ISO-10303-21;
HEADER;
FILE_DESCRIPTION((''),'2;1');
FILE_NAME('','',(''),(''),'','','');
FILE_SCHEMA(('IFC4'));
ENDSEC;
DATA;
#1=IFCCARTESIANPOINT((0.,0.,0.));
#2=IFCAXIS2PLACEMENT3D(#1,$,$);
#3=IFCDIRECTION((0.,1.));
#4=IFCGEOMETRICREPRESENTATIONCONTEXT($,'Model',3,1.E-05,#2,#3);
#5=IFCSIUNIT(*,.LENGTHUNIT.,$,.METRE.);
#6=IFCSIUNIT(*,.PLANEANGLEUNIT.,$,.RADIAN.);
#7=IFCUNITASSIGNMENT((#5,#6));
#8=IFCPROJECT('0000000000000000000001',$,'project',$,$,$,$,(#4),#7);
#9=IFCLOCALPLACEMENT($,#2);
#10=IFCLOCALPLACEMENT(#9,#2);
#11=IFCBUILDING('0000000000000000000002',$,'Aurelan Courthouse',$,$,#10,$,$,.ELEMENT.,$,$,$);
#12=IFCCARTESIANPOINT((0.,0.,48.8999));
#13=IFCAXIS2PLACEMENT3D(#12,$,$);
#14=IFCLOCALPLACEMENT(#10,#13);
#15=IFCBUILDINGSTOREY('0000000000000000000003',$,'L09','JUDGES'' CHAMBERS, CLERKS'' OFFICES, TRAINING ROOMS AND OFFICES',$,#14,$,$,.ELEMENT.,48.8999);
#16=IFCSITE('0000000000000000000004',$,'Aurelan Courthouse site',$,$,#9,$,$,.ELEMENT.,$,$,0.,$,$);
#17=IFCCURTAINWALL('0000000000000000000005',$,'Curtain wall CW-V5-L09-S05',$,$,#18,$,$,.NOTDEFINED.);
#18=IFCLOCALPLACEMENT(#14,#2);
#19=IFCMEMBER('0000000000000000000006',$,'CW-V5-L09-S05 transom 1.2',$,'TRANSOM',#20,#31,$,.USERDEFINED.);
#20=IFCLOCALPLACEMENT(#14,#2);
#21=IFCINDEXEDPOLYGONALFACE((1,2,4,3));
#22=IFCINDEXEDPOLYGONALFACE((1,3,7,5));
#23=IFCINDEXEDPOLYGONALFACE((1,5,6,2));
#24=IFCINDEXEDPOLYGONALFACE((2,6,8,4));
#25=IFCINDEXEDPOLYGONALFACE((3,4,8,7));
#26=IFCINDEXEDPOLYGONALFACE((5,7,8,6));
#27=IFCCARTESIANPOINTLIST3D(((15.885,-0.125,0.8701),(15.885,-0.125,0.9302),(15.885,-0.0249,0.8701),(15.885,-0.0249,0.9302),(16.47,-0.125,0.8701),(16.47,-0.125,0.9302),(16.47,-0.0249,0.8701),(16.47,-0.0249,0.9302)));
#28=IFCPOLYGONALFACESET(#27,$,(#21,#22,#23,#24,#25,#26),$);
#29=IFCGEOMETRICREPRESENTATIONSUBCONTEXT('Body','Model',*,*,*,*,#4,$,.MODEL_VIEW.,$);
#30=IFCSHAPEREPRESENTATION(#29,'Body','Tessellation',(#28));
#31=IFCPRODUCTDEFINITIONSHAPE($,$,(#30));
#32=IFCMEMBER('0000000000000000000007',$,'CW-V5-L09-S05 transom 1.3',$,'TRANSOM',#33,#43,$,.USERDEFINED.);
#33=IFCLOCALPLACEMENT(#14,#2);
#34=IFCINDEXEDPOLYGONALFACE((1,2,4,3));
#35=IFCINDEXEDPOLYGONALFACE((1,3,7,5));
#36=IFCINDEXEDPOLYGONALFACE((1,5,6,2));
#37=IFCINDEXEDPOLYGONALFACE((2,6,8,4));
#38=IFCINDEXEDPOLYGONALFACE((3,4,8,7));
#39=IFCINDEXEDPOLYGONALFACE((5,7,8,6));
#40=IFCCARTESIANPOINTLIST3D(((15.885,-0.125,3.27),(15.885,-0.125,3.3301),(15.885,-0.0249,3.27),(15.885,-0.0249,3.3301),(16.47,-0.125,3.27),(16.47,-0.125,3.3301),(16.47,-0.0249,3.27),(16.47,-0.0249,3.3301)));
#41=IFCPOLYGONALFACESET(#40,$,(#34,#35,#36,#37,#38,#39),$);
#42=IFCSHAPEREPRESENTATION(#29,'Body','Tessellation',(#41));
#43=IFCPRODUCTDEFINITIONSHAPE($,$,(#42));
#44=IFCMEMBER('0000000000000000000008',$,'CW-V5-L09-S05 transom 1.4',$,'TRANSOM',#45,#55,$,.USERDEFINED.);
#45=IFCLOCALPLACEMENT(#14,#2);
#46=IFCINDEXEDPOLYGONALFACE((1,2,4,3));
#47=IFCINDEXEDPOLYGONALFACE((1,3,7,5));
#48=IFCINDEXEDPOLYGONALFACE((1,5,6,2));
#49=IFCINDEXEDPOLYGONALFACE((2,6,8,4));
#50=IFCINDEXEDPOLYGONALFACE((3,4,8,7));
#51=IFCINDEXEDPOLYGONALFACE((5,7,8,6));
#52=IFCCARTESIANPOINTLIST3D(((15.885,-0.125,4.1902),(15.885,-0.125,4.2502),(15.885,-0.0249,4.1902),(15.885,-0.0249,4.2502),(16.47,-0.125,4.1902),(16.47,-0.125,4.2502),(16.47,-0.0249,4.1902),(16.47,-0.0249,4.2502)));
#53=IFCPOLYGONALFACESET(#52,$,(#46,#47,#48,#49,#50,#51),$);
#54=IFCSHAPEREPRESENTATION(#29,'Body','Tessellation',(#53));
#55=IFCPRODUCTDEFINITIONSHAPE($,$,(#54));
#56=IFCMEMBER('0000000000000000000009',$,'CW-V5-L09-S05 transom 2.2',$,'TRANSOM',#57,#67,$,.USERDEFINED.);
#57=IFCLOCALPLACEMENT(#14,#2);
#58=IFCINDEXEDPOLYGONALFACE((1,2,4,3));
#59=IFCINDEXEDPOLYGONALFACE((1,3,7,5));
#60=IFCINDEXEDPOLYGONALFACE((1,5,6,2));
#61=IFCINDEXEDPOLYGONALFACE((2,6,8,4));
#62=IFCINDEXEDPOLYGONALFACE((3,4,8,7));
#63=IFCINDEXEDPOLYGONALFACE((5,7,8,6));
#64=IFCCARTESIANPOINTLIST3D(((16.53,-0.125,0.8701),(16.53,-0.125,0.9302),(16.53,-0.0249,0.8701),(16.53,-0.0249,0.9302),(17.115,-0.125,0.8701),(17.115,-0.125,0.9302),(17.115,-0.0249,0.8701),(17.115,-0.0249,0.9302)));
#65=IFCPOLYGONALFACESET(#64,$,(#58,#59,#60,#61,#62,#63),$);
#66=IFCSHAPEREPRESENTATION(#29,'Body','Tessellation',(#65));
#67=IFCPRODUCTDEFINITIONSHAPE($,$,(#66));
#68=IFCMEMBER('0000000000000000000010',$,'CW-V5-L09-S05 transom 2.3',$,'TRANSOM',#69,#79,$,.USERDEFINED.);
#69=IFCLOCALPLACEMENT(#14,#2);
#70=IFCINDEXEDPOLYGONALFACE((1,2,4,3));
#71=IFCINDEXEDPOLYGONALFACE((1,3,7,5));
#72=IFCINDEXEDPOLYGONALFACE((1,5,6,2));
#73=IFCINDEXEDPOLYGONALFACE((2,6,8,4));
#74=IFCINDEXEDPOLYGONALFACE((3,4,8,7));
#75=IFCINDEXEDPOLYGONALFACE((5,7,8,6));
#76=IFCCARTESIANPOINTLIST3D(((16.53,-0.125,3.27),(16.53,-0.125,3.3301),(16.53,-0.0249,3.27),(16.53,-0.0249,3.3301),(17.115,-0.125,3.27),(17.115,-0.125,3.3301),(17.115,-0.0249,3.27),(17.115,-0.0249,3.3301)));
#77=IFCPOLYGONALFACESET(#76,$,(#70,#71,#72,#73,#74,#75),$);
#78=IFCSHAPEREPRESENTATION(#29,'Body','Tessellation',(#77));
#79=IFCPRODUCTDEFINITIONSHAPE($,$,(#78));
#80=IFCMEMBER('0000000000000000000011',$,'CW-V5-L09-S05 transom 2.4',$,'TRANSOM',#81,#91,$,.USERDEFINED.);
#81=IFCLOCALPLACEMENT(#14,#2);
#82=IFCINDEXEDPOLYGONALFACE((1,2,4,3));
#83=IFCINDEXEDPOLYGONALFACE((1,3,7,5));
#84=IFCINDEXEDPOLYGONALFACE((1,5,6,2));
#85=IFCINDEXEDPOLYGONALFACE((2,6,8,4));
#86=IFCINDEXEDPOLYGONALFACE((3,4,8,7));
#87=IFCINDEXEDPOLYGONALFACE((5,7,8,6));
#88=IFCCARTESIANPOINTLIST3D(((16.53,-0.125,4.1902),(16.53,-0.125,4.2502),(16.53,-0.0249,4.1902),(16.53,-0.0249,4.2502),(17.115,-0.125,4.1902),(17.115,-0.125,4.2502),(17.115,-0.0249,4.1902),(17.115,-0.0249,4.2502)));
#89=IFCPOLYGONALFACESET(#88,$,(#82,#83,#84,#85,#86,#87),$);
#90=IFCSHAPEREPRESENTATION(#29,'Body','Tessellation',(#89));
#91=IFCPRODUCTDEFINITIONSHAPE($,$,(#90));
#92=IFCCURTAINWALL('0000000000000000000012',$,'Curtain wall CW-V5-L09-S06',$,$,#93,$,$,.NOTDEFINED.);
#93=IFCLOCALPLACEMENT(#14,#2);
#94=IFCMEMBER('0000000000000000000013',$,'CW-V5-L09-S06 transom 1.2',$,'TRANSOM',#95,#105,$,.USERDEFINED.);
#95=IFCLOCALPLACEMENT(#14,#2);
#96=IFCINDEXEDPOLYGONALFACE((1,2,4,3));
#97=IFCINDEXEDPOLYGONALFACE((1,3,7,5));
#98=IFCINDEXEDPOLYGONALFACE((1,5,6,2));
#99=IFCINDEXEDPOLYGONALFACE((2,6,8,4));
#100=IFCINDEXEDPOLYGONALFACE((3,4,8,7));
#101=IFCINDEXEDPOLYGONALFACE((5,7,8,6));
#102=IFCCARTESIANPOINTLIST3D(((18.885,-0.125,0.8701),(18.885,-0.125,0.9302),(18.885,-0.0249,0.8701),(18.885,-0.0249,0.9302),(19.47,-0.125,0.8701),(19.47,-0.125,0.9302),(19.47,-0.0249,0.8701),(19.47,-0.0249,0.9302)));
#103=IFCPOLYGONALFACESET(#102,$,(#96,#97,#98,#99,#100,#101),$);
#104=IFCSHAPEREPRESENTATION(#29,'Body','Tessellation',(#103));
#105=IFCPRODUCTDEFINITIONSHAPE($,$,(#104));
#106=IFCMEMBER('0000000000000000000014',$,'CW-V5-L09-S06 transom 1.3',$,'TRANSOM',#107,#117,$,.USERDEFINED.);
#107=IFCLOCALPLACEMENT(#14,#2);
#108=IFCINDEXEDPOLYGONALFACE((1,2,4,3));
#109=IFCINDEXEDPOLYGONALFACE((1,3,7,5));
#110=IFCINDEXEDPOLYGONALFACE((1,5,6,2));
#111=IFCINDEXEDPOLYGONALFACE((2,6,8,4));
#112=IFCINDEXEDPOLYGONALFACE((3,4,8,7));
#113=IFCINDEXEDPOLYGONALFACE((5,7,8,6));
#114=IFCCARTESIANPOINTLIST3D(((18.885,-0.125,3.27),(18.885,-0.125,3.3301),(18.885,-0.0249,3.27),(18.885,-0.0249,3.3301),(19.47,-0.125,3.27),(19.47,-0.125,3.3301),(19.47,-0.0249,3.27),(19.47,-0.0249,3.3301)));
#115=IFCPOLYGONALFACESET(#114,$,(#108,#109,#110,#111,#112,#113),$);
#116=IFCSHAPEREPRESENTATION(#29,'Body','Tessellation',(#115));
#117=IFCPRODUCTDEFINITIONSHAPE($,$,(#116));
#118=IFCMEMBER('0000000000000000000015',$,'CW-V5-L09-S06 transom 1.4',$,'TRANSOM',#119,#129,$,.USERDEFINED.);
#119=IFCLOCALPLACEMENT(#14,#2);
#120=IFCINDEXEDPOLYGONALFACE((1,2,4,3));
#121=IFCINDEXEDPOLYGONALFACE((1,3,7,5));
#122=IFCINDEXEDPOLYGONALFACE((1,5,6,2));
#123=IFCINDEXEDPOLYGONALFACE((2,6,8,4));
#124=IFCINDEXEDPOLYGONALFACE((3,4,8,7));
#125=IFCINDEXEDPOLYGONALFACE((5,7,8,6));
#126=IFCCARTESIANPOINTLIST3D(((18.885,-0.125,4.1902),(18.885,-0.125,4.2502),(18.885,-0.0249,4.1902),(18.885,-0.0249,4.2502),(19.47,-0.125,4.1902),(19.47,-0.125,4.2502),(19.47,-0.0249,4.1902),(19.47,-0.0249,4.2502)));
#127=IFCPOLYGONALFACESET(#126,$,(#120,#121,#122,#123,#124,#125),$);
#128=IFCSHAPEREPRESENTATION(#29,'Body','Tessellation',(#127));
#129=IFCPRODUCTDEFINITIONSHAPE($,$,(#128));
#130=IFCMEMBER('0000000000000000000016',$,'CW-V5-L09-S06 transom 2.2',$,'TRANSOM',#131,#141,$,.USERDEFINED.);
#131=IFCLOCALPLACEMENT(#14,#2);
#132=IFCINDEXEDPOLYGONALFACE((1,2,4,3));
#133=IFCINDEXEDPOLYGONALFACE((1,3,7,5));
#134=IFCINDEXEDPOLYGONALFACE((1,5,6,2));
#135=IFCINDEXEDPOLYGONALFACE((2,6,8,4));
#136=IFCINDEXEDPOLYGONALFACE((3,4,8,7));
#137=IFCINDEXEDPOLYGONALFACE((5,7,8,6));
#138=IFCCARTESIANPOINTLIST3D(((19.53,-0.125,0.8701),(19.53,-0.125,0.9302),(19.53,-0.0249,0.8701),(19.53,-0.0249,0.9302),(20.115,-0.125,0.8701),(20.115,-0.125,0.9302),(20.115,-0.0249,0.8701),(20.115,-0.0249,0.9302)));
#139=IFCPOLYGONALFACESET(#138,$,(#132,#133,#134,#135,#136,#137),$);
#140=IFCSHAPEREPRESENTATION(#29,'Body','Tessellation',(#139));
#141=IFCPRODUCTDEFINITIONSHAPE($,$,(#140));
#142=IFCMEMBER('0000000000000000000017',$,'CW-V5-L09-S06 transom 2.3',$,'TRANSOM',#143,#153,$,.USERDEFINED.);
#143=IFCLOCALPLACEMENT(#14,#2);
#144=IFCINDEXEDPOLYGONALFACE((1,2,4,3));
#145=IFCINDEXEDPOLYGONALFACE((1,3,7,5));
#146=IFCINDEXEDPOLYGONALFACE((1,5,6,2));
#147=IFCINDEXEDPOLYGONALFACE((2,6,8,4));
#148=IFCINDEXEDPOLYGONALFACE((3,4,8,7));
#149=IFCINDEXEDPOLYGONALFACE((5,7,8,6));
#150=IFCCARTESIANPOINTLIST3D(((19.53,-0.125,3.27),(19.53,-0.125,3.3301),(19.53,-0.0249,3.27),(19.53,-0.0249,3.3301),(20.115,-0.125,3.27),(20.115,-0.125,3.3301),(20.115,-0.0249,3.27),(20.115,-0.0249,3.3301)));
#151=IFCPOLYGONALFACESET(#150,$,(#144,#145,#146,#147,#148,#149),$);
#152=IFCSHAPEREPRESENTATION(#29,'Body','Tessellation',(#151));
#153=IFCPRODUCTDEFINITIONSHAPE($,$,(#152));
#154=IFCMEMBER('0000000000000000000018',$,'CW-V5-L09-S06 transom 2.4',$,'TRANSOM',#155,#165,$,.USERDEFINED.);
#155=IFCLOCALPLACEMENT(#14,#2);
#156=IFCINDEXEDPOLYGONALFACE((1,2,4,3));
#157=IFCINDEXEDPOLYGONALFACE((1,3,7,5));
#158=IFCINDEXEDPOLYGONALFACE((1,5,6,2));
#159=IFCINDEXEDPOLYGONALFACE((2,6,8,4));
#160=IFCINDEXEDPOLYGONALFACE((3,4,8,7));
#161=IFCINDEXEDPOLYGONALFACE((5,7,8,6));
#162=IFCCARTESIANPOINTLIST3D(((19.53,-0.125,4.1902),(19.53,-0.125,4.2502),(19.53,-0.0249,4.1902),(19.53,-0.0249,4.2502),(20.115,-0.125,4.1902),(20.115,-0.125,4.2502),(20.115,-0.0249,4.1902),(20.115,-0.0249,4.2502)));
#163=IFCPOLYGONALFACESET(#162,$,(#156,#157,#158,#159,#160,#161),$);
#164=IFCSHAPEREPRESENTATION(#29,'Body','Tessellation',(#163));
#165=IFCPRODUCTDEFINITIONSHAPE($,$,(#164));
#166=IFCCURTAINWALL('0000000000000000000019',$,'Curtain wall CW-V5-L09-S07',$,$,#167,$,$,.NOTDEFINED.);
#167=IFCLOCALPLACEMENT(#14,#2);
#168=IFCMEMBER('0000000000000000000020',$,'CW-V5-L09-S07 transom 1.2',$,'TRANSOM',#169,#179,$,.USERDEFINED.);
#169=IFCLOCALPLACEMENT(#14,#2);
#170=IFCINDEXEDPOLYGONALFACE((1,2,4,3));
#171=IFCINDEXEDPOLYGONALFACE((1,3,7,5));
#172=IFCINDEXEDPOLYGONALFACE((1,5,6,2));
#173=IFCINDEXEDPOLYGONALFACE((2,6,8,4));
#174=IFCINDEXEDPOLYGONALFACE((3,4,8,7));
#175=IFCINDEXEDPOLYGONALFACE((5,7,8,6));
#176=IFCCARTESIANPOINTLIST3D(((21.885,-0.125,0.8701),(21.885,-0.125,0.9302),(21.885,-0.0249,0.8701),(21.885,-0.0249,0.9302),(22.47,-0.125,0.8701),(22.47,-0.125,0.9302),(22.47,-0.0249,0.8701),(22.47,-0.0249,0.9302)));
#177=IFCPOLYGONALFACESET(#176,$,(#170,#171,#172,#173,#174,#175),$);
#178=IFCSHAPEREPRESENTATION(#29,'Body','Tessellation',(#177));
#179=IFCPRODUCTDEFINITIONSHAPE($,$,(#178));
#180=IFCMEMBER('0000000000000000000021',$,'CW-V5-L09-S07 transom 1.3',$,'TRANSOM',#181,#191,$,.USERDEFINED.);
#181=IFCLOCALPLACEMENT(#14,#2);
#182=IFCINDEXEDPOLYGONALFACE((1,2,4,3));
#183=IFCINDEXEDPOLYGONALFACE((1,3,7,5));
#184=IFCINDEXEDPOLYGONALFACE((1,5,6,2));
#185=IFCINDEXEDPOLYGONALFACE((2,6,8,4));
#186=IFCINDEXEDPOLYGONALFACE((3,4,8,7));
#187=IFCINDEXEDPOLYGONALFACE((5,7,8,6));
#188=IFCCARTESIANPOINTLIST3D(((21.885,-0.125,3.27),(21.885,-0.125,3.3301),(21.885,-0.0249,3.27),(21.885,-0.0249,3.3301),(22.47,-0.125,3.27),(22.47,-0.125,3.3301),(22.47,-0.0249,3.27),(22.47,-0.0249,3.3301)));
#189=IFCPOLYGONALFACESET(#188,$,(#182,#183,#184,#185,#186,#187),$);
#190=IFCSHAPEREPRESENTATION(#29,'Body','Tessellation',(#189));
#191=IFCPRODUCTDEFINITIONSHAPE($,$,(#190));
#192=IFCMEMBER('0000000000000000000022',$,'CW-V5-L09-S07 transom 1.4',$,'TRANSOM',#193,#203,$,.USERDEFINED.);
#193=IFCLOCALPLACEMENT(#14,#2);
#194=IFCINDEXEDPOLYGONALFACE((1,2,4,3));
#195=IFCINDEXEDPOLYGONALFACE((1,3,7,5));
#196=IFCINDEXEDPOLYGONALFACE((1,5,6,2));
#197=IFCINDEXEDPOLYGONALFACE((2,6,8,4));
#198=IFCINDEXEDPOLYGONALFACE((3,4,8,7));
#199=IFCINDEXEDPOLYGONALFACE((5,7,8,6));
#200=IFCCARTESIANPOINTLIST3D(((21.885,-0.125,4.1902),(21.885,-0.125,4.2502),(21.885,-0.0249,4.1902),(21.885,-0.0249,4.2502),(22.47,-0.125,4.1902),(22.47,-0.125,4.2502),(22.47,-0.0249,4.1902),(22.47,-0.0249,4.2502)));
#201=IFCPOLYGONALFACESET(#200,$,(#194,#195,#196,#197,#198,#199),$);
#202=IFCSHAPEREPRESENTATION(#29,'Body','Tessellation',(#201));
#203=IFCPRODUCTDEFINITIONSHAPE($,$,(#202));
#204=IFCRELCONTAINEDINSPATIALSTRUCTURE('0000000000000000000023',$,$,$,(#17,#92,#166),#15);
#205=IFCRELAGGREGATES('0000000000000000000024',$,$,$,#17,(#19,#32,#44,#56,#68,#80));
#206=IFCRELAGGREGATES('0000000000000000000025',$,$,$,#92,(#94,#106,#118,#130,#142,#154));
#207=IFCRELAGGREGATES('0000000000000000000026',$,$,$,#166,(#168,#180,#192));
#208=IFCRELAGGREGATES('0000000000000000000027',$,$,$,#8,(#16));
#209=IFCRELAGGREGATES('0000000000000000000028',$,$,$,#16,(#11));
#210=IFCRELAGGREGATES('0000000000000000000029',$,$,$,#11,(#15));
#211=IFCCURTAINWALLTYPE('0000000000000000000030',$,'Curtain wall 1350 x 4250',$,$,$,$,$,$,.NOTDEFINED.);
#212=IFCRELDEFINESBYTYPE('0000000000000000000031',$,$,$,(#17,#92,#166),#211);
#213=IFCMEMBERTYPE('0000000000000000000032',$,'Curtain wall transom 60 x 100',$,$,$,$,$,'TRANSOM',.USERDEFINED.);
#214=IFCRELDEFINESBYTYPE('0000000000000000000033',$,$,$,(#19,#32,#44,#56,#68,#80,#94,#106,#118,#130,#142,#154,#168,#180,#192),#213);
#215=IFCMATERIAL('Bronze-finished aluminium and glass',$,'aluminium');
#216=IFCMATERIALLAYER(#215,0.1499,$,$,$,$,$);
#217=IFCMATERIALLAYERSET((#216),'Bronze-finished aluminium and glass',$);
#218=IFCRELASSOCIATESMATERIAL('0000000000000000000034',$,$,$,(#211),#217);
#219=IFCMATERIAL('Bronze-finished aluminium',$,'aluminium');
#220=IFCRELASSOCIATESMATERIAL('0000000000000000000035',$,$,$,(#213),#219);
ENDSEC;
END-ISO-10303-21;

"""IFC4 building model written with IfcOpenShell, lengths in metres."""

from ifc_helpers import new_model, si_unit, direction, frame, origin, origin_2d, place, context, subcontext, project, spatial, rectangle, extrude, material, layer, layer_set, material_profile, profile_set, type_object, element, aggregate, save


model = new_model("IFC4")

# Units and contexts
model_context = context("Model", 3, precision=1e-05, world=origin(), true_north=direction((0.0, 1.0)))
body_context = subcontext(model_context, "Body", "Model", "MODEL_VIEW")
ifc_project = project(units=[si_unit("LENGTHUNIT", "METRE"), si_unit("PLANEANGLEUNIT", "RADIAN")], contexts=[model_context])

# Site, building, storey
site_placement = place(None, origin())
site = spatial("IfcSite", under=ifc_project, at=site_placement, Name="Aurelan Courthouse site", CompositionType="ELEMENT", RefElevation=0.0)
building_placement = place(site_placement, origin())
building = spatial("IfcBuilding", under=site, at=building_placement, Name="Aurelan Courthouse", CompositionType="ELEMENT")
storey_placement = place(building_placement, frame((0.0, 0.0, 48.8999)))
storey = spatial("IfcBuildingStorey", under=building, at=storey_placement, Name="L09", Description="JUDGES' CHAMBERS, CLERKS' OFFICES, TRAINING ROOMS AND OFFICES", CompositionType="ELEMENT", Elevation=48.8999)

# Curtain walls, members
ifc_material_1 = material(Name="Bronze-finished aluminium and glass", Category="aluminium")
ifc_layer_1 = layer(ifc_material_1, 0.1499)
ifc_layer_set_1 = layer_set([ifc_layer_1], Name="Bronze-finished aluminium and glass")
curtain_wall_type = type_object("IfcCurtainWallType", Name="Curtain wall 1350 x 4250", PredefinedType="NOTDEFINED", material=ifc_layer_set_1)
curtain_wall_1_placement = place(storey_placement, origin())
curtain_wall_1 = element("IfcCurtainWall", 1, at=curtain_wall_1_placement, inside=storey, type_object=curtain_wall_type, Name="Curtain wall CW-V5-L09-S05", PredefinedType="NOTDEFINED")
ifc_material_2 = material(Name="Bronze-finished aluminium", Category="aluminium")
ifc_material_profile = material_profile(ifc_material_2, rectangle(XDim=0.1001, YDim=0.0601, at=origin_2d()), Name="Bronze transom 60 x 100")
ifc_profile_set = profile_set([ifc_material_profile], Name="Bronze-finished aluminium")
member_type = type_object("IfcMemberType", Name="Curtain wall transom 60 x 100", ElementType="TRANSOM", PredefinedType="USERDEFINED", material=ifc_profile_set)
member_1_placement = place(storey_placement, frame((15.885, -0.075, 0.9001), z_axis=(1.0, 0.0, 0.0), x_axis=(0.0, 1.0, 0.0)))
member_1 = element("IfcMember", 2, at=member_1_placement, type_object=member_type, Name="CW-V5-L09-S05 transom 1.2", ObjectType="TRANSOM", PredefinedType="USERDEFINED", context=body_context, shape_type="SweptSolid", body=[
    extrude(rectangle(XDim=0.1001, YDim=0.0601, at=origin_2d()), origin(), (0.0, 0.0, 1.0), 0.585),
])
member_2_placement = place(storey_placement, frame((15.885, -0.075, 3.3), z_axis=(1.0, 0.0, 0.0), x_axis=(0.0, 1.0, 0.0)))
member_2 = element("IfcMember", 3, at=member_2_placement, type_object=member_type, Name="CW-V5-L09-S05 transom 1.3", ObjectType="TRANSOM", PredefinedType="USERDEFINED", context=body_context, shape_type="SweptSolid", body=[
    extrude(rectangle(XDim=0.1001, YDim=0.0601, at=origin_2d()), origin(), (0.0, 0.0, 1.0), 0.585),
])
member_3_placement = place(storey_placement, frame((15.885, -0.075, 4.2202), z_axis=(1.0, 0.0, 0.0), x_axis=(0.0, 1.0, 0.0)))
member_3 = element("IfcMember", 4, at=member_3_placement, type_object=member_type, Name="CW-V5-L09-S05 transom 1.4", ObjectType="TRANSOM", PredefinedType="USERDEFINED", context=body_context, shape_type="SweptSolid", body=[
    extrude(rectangle(XDim=0.1001, YDim=0.0601, at=origin_2d()), origin(), (0.0, 0.0, 1.0), 0.585),
])
member_4_placement = place(storey_placement, frame((16.53, -0.075, 0.9001), z_axis=(1.0, 0.0, 0.0), x_axis=(0.0, 1.0, 0.0)))
member_4 = element("IfcMember", 5, at=member_4_placement, type_object=member_type, Name="CW-V5-L09-S05 transom 2.2", ObjectType="TRANSOM", PredefinedType="USERDEFINED", context=body_context, shape_type="SweptSolid", body=[
    extrude(rectangle(XDim=0.1001, YDim=0.0601, at=origin_2d()), origin(), (0.0, 0.0, 1.0), 0.585),
])
member_5_placement = place(storey_placement, frame((16.53, -0.075, 3.3), z_axis=(1.0, 0.0, 0.0), x_axis=(0.0, 1.0, 0.0)))
member_5 = element("IfcMember", 6, at=member_5_placement, type_object=member_type, Name="CW-V5-L09-S05 transom 2.3", ObjectType="TRANSOM", PredefinedType="USERDEFINED", context=body_context, shape_type="SweptSolid", body=[
    extrude(rectangle(XDim=0.1001, YDim=0.0601, at=origin_2d()), origin(), (0.0, 0.0, 1.0), 0.585),
])
member_6_placement = place(storey_placement, frame((16.53, -0.075, 4.2202), z_axis=(1.0, 0.0, 0.0), x_axis=(0.0, 1.0, 0.0)))
member_6 = element("IfcMember", 7, at=member_6_placement, type_object=member_type, Name="CW-V5-L09-S05 transom 2.4", ObjectType="TRANSOM", PredefinedType="USERDEFINED", context=body_context, shape_type="SweptSolid", body=[
    extrude(rectangle(XDim=0.1001, YDim=0.0601, at=origin_2d()), origin(), (0.0, 0.0, 1.0), 0.585),
])
curtain_wall_2_placement = place(storey_placement, origin())
curtain_wall_2 = element("IfcCurtainWall", 8, at=curtain_wall_2_placement, inside=storey, type_object=curtain_wall_type, Name="Curtain wall CW-V5-L09-S06", PredefinedType="NOTDEFINED")
member_7_placement = place(storey_placement, frame((18.885, -0.075, 0.9001), z_axis=(1.0, 0.0, 0.0), x_axis=(0.0, 1.0, 0.0)))
member_7 = element("IfcMember", 9, at=member_7_placement, type_object=member_type, Name="CW-V5-L09-S06 transom 1.2", ObjectType="TRANSOM", PredefinedType="USERDEFINED", context=body_context, shape_type="SweptSolid", body=[
    extrude(rectangle(XDim=0.1001, YDim=0.0601, at=origin_2d()), origin(), (0.0, 0.0, 1.0), 0.585),
])
member_8_placement = place(storey_placement, frame((18.885, -0.075, 3.3), z_axis=(1.0, 0.0, 0.0), x_axis=(0.0, 1.0, 0.0)))
member_8 = element("IfcMember", 10, at=member_8_placement, type_object=member_type, Name="CW-V5-L09-S06 transom 1.3", ObjectType="TRANSOM", PredefinedType="USERDEFINED", context=body_context, shape_type="SweptSolid", body=[
    extrude(rectangle(XDim=0.1001, YDim=0.0601, at=origin_2d()), origin(), (0.0, 0.0, 1.0), 0.585),
])
member_9_placement = place(storey_placement, frame((18.885, -0.075, 4.2202), z_axis=(1.0, 0.0, 0.0), x_axis=(0.0, 1.0, 0.0)))
member_9 = element("IfcMember", 11, at=member_9_placement, type_object=member_type, Name="CW-V5-L09-S06 transom 1.4", ObjectType="TRANSOM", PredefinedType="USERDEFINED", context=body_context, shape_type="SweptSolid", body=[
    extrude(rectangle(XDim=0.1001, YDim=0.0601, at=origin_2d()), origin(), (0.0, 0.0, 1.0), 0.585),
])
member_10_placement = place(storey_placement, frame((19.53, -0.075, 0.9001), z_axis=(1.0, 0.0, 0.0), x_axis=(0.0, 1.0, 0.0)))
member_10 = element("IfcMember", 12, at=member_10_placement, type_object=member_type, Name="CW-V5-L09-S06 transom 2.2", ObjectType="TRANSOM", PredefinedType="USERDEFINED", context=body_context, shape_type="SweptSolid", body=[
    extrude(rectangle(XDim=0.1001, YDim=0.0601, at=origin_2d()), origin(), (0.0, 0.0, 1.0), 0.585),
])
member_11_placement = place(storey_placement, frame((19.53, -0.075, 3.3), z_axis=(1.0, 0.0, 0.0), x_axis=(0.0, 1.0, 0.0)))
member_11 = element("IfcMember", 13, at=member_11_placement, type_object=member_type, Name="CW-V5-L09-S06 transom 2.3", ObjectType="TRANSOM", PredefinedType="USERDEFINED", context=body_context, shape_type="SweptSolid", body=[
    extrude(rectangle(XDim=0.1001, YDim=0.0601, at=origin_2d()), origin(), (0.0, 0.0, 1.0), 0.585),
])
member_12_placement = place(storey_placement, frame((19.53, -0.075, 4.2202), z_axis=(1.0, 0.0, 0.0), x_axis=(0.0, 1.0, 0.0)))
member_12 = element("IfcMember", 14, at=member_12_placement, type_object=member_type, Name="CW-V5-L09-S06 transom 2.4", ObjectType="TRANSOM", PredefinedType="USERDEFINED", context=body_context, shape_type="SweptSolid", body=[
    extrude(rectangle(XDim=0.1001, YDim=0.0601, at=origin_2d()), origin(), (0.0, 0.0, 1.0), 0.585),
])
curtain_wall_3_placement = place(storey_placement, origin())
curtain_wall_3 = element("IfcCurtainWall", 15, at=curtain_wall_3_placement, inside=storey, type_object=curtain_wall_type, Name="Curtain wall CW-V5-L09-S07", PredefinedType="NOTDEFINED")
member_13_placement = place(storey_placement, frame((21.885, -0.075, 0.9001), z_axis=(1.0, 0.0, 0.0), x_axis=(0.0, 1.0, 0.0)))
member_13 = element("IfcMember", 16, at=member_13_placement, type_object=member_type, Name="CW-V5-L09-S07 transom 1.2", ObjectType="TRANSOM", PredefinedType="USERDEFINED", context=body_context, shape_type="SweptSolid", body=[
    extrude(rectangle(XDim=0.1001, YDim=0.0601, at=origin_2d()), origin(), (0.0, 0.0, 1.0), 0.585),
])
member_14_placement = place(storey_placement, frame((21.885, -0.075, 3.3), z_axis=(1.0, 0.0, 0.0), x_axis=(0.0, 1.0, 0.0)))
member_14 = element("IfcMember", 17, at=member_14_placement, type_object=member_type, Name="CW-V5-L09-S07 transom 1.3", ObjectType="TRANSOM", PredefinedType="USERDEFINED", context=body_context, shape_type="SweptSolid", body=[
    extrude(rectangle(XDim=0.1001, YDim=0.0601, at=origin_2d()), origin(), (0.0, 0.0, 1.0), 0.585),
])
member_15_placement = place(storey_placement, frame((21.885, -0.075, 4.2202), z_axis=(1.0, 0.0, 0.0), x_axis=(0.0, 1.0, 0.0)))
member_15 = element("IfcMember", 18, at=member_15_placement, type_object=member_type, Name="CW-V5-L09-S07 transom 1.4", ObjectType="TRANSOM", PredefinedType="USERDEFINED", context=body_context, shape_type="SweptSolid", body=[
    extrude(rectangle(XDim=0.1001, YDim=0.0601, at=origin_2d()), origin(), (0.0, 0.0, 1.0), 0.585),
])

aggregate(curtain_wall_1, [member_1, member_2, member_3, member_4, member_5, member_6])
aggregate(curtain_wall_2, [member_7, member_8, member_9, member_10, member_11, member_12])
aggregate(curtain_wall_3, [member_13, member_14, member_15])

save(model, "model.ifc")
